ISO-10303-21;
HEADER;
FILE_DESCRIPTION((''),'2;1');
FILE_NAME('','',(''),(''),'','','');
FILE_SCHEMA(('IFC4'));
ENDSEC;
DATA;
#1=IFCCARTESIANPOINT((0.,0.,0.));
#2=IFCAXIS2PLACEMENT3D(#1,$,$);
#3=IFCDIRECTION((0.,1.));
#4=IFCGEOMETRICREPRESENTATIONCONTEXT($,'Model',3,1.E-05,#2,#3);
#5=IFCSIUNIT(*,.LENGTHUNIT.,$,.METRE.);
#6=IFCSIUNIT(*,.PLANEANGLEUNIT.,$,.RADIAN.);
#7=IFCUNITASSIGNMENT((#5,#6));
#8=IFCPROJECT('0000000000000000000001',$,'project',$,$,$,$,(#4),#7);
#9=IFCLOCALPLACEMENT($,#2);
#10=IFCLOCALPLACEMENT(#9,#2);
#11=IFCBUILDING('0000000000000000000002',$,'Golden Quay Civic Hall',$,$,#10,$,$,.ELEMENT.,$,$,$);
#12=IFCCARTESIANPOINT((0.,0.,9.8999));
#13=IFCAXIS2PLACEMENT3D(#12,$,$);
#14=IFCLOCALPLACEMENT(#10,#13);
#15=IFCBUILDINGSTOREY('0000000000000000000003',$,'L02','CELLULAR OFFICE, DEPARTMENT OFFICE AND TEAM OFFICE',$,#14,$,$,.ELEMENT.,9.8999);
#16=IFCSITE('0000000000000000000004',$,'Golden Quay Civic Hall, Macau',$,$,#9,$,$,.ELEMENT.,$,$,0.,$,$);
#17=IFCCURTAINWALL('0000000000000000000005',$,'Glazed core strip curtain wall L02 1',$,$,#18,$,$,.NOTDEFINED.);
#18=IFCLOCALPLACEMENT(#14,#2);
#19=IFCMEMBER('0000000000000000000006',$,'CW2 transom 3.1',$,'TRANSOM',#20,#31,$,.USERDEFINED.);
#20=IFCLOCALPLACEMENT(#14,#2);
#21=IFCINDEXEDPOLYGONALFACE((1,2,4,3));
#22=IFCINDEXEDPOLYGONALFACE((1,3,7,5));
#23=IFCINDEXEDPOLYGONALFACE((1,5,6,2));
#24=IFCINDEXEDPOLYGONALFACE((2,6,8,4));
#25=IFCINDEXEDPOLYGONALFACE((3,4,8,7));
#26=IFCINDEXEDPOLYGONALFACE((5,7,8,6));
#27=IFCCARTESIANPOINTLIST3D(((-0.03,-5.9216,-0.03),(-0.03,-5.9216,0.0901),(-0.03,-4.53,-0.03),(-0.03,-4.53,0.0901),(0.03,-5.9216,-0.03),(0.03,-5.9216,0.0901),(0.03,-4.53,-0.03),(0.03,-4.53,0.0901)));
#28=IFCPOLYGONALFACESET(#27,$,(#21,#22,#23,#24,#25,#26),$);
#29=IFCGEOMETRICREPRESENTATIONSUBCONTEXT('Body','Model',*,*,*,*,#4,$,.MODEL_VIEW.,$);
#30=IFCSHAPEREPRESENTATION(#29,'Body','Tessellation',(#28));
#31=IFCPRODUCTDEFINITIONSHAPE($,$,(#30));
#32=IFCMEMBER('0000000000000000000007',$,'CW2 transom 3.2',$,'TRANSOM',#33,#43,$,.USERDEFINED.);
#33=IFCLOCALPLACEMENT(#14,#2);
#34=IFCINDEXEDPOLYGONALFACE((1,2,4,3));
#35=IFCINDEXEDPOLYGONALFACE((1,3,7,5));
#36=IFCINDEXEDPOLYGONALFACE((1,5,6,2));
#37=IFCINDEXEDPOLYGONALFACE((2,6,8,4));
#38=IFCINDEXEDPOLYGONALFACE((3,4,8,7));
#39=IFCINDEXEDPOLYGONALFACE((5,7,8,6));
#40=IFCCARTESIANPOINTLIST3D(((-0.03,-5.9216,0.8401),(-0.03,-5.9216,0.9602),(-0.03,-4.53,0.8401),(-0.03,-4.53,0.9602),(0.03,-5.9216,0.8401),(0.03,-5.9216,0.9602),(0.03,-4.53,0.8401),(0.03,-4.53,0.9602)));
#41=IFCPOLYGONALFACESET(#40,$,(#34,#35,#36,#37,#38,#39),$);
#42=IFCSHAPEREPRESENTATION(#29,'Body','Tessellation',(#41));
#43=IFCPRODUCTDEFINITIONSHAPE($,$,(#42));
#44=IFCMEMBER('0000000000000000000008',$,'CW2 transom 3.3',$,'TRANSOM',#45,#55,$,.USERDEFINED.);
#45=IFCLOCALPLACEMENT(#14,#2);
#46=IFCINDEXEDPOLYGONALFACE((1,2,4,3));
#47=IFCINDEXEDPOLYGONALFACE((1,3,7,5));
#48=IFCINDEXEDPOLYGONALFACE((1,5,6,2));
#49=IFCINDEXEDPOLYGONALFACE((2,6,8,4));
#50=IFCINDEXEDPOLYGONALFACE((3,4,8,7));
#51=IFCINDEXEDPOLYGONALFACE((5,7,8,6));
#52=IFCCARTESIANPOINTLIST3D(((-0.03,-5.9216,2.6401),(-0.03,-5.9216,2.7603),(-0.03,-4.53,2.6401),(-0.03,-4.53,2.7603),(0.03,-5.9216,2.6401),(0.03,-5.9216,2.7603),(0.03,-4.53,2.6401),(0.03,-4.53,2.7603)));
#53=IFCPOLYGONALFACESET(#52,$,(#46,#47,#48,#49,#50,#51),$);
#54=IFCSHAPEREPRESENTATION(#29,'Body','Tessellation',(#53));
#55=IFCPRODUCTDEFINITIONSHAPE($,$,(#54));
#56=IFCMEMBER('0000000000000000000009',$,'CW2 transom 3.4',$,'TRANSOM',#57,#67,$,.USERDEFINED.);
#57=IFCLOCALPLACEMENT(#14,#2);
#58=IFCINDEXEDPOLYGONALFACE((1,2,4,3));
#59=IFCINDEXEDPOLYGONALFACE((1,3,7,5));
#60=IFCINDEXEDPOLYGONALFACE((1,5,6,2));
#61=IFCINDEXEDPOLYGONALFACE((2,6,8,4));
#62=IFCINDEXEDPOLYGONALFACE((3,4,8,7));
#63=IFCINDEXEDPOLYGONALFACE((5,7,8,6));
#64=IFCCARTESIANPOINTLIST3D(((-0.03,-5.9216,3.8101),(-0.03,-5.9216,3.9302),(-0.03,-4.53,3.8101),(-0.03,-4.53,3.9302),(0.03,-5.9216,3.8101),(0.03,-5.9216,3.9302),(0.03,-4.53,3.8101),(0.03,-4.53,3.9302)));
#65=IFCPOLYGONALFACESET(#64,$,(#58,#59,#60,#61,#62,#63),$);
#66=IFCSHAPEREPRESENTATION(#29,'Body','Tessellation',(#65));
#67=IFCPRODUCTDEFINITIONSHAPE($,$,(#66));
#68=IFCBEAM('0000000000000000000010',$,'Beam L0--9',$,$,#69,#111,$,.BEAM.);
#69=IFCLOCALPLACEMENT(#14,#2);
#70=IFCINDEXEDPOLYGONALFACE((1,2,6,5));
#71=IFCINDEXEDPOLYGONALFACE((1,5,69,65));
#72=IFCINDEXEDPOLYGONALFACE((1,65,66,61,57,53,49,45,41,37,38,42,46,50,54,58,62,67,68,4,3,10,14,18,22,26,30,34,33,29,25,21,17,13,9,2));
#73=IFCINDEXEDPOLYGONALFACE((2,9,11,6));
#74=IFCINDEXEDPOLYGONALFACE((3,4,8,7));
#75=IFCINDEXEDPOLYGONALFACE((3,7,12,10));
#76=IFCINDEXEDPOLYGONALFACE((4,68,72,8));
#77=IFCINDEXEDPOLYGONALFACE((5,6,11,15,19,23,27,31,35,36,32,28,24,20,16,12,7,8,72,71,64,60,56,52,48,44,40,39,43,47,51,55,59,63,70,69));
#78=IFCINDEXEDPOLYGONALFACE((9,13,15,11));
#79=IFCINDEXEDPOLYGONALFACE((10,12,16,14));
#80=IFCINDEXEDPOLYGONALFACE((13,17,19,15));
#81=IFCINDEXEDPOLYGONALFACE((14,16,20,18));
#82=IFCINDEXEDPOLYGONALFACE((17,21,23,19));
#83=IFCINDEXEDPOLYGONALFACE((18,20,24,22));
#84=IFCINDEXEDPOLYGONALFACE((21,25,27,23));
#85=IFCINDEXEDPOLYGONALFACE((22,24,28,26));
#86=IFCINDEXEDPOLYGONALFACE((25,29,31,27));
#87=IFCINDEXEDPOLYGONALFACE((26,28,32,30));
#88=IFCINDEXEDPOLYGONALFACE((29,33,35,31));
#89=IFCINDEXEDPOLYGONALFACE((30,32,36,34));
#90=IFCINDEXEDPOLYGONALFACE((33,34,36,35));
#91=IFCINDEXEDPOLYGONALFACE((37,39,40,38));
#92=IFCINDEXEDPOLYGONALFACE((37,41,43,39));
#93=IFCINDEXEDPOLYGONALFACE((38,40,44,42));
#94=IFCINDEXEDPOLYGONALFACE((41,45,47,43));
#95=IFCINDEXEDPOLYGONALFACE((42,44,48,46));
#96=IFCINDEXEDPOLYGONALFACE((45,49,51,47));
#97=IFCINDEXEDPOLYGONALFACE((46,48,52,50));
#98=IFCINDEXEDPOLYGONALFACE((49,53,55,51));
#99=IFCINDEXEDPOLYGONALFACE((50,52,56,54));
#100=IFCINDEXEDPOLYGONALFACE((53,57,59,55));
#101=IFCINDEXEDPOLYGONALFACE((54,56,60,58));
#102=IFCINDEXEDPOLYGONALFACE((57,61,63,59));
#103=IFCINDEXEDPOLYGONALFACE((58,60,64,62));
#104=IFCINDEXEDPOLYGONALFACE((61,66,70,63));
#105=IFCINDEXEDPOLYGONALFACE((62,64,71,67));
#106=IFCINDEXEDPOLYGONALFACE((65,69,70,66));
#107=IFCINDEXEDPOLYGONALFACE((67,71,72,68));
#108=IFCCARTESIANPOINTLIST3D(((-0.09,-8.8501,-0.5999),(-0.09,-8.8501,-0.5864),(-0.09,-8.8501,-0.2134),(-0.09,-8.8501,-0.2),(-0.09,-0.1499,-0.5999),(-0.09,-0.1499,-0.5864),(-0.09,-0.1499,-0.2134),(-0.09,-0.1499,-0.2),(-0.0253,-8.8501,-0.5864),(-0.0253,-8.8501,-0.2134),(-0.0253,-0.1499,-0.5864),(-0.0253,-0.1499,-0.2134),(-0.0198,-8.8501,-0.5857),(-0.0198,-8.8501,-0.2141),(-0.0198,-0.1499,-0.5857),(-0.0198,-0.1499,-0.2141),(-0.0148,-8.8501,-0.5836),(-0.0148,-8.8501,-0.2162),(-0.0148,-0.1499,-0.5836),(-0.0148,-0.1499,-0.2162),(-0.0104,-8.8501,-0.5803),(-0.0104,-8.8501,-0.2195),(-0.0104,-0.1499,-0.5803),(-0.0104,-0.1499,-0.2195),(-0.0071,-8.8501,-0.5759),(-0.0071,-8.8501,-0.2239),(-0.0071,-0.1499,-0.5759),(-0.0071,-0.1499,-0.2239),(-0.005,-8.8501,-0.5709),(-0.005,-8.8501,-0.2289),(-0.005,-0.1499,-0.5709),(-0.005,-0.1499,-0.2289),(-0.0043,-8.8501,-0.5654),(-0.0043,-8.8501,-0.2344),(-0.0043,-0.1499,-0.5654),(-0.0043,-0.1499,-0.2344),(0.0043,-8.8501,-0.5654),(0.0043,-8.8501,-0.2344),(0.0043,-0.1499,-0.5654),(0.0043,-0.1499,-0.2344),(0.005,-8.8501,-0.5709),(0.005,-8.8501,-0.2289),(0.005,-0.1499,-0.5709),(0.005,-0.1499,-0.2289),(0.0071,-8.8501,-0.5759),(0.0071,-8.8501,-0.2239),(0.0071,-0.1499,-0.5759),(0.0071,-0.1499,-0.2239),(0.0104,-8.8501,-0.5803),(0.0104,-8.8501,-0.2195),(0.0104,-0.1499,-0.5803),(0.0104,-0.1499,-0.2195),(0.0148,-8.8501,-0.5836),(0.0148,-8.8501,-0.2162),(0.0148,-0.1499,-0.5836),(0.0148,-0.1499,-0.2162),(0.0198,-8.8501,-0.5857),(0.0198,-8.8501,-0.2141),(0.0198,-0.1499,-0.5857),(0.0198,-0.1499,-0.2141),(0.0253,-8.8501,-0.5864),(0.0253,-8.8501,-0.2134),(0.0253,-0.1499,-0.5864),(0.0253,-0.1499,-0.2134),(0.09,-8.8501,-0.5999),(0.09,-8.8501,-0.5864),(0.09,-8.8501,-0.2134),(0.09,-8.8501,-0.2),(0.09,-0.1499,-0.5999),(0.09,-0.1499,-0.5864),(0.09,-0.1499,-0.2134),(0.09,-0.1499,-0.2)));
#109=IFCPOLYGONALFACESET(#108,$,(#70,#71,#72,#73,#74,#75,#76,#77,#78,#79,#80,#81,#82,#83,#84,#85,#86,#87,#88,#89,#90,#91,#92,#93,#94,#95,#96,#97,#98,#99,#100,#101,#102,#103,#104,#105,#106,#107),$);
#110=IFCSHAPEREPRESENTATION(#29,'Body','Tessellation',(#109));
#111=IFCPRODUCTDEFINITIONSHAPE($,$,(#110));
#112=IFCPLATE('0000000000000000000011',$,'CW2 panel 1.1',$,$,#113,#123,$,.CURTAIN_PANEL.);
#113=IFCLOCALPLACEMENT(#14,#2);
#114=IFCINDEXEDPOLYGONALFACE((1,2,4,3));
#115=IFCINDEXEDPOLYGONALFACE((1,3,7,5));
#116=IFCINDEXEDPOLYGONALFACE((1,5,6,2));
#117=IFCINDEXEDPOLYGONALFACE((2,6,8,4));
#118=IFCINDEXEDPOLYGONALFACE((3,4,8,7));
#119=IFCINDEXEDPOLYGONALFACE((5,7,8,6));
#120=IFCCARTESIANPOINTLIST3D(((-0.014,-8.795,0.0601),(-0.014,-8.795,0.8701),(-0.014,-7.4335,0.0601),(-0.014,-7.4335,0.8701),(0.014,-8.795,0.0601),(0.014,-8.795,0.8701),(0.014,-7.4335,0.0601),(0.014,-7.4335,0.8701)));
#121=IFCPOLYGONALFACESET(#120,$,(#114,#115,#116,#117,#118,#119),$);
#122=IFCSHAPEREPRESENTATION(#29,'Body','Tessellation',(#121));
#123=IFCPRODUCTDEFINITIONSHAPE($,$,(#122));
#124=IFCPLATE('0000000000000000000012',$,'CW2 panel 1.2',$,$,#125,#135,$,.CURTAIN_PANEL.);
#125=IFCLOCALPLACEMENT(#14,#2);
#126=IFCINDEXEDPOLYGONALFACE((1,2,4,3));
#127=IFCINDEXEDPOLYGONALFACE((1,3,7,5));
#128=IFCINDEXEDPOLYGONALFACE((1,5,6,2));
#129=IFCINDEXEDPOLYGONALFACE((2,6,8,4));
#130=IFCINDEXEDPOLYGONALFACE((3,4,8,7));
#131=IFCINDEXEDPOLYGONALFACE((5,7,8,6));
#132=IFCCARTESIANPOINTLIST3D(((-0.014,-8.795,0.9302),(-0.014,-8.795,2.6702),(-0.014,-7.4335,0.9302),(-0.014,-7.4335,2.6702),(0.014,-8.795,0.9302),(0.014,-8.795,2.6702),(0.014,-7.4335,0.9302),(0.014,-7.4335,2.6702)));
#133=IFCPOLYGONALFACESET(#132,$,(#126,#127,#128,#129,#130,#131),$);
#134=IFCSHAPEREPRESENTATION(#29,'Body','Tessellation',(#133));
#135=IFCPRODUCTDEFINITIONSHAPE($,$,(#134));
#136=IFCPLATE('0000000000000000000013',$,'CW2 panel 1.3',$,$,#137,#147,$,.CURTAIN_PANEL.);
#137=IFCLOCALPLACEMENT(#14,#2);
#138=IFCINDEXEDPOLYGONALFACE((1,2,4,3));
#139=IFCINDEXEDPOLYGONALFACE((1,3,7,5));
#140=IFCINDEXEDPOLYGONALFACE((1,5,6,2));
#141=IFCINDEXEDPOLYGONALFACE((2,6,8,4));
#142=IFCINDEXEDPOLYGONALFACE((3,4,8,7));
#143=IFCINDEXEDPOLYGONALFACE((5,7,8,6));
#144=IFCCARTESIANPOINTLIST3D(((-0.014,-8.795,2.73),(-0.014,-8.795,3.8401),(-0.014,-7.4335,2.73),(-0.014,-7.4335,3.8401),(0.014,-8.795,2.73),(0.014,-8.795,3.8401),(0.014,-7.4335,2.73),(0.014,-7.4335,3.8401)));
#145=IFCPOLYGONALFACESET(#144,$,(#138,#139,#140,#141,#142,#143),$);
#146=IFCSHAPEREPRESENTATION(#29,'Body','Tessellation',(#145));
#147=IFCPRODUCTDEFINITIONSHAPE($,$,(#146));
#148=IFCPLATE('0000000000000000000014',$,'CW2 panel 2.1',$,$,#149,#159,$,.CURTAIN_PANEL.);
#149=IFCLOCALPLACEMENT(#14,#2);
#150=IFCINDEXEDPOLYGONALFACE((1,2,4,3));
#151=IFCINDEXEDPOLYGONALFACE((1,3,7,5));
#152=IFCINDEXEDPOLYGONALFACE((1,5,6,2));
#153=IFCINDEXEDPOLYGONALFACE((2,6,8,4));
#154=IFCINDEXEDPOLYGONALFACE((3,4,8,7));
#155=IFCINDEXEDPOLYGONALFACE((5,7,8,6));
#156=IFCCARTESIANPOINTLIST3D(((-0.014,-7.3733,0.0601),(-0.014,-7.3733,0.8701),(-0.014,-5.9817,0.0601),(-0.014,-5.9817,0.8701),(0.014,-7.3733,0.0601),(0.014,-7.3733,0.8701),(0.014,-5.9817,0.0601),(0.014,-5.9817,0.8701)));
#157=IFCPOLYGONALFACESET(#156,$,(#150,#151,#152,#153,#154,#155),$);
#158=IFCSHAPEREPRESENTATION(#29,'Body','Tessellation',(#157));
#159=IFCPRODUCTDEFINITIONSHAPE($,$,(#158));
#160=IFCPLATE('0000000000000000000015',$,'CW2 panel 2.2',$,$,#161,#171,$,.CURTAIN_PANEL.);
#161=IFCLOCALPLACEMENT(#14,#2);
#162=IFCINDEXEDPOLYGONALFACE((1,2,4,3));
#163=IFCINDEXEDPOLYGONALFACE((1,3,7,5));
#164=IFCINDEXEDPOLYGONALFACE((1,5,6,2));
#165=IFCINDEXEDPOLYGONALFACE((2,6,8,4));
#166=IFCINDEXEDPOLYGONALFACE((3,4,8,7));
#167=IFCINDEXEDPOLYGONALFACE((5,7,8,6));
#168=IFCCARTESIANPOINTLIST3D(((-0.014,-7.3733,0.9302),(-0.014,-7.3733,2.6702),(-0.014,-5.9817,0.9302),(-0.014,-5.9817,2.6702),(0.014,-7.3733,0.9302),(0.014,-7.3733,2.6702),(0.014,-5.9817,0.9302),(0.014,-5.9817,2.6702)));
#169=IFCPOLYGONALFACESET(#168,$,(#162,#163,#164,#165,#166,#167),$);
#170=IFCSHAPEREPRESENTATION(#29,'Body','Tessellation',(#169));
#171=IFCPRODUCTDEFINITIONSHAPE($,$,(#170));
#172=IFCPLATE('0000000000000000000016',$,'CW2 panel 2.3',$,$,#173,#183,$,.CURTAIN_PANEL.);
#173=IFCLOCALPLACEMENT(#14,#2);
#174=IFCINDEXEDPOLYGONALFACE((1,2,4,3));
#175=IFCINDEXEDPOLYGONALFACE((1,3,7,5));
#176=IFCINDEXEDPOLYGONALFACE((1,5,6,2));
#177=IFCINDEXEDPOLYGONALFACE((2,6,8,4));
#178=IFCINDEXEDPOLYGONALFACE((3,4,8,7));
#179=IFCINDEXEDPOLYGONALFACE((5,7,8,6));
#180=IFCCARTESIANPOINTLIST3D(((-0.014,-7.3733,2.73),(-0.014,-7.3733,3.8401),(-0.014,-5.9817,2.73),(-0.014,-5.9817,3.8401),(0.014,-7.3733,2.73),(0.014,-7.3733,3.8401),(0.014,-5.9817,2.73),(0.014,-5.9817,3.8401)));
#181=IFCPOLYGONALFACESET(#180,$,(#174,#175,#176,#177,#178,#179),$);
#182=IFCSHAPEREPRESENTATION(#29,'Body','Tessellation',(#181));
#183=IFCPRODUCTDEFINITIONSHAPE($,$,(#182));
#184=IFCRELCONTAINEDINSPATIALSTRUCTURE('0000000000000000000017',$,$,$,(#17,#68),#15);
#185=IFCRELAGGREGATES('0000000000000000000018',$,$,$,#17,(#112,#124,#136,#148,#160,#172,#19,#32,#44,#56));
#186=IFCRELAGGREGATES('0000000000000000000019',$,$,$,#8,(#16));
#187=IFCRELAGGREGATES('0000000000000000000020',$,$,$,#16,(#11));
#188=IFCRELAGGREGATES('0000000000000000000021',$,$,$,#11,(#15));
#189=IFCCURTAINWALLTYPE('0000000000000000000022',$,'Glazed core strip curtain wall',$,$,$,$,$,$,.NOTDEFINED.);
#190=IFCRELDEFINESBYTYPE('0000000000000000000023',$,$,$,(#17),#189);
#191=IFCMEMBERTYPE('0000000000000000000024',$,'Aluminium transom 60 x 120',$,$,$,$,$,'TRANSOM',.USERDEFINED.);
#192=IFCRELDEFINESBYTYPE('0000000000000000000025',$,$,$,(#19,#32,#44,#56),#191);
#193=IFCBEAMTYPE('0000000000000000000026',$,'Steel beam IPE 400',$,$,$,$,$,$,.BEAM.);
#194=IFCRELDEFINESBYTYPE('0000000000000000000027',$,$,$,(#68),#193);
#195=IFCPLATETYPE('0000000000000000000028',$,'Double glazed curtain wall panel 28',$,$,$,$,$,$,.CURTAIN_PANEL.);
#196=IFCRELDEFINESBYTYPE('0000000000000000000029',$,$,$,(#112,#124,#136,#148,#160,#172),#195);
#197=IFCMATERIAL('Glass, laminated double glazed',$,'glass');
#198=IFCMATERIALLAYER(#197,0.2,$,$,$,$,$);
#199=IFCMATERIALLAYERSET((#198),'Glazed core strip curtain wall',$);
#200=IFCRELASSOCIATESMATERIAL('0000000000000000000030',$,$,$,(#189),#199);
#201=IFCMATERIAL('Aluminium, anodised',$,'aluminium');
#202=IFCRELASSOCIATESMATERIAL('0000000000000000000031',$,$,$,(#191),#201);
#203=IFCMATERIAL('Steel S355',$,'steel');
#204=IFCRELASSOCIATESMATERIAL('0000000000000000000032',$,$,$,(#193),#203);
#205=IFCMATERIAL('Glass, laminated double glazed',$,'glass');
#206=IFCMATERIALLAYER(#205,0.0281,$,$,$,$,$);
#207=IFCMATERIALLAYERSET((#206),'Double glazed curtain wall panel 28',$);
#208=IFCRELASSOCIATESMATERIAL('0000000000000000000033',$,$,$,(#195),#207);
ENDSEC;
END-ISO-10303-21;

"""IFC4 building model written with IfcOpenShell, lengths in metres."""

from ifc_helpers import new_model, si_unit, direction, frame, origin, origin_2d, place, context, subcontext, project, spatial, rectangle, i_section, extrude, material, layer, layer_set, material_profile, profile_set, type_object, element, aggregate, save


model = new_model("IFC4")

# Units and contexts
model_context = context("Model", 3, precision=1e-05, world=origin(), true_north=direction((0.0, 1.0)))
body_context = subcontext(model_context, "Body", "Model", "MODEL_VIEW")
ifc_project = project(units=[si_unit("LENGTHUNIT", "METRE"), si_unit("PLANEANGLEUNIT", "RADIAN")], contexts=[model_context])

# Site, building, storey
site_placement = place(None, origin())
site = spatial("IfcSite", under=ifc_project, at=site_placement, Name="Golden Quay Civic Hall, Macau", CompositionType="ELEMENT", RefElevation=0.0)
building_placement = place(site_placement, origin())
building = spatial("IfcBuilding", under=site, at=building_placement, Name="Golden Quay Civic Hall", CompositionType="ELEMENT")
storey_placement = place(building_placement, frame((0.0, 0.0, 9.8999)))
storey = spatial("IfcBuildingStorey", under=building, at=storey_placement, Name="L02", Description="CELLULAR OFFICE, DEPARTMENT OFFICE AND TEAM OFFICE", CompositionType="ELEMENT", Elevation=9.8999)

# Curtain wall, members
ifc_material_1 = material(Name="Glass, laminated double glazed", Category="glass")
ifc_layer_1 = layer(ifc_material_1, 0.2)
ifc_layer_set_1 = layer_set([ifc_layer_1], Name="Glazed core strip curtain wall")
curtain_wall_type = type_object("IfcCurtainWallType", Name="Glazed core strip curtain wall", PredefinedType="NOTDEFINED", material=ifc_layer_set_1)
curtain_wall_placement = place(storey_placement, origin())
curtain_wall = element("IfcCurtainWall", 1, at=curtain_wall_placement, inside=storey, type_object=curtain_wall_type, Name="Glazed core strip curtain wall L02 1", PredefinedType="NOTDEFINED")
ifc_material_2 = material(Name="Aluminium, anodised", Category="aluminium")
ifc_material_profile_1 = material_profile(ifc_material_2, rectangle(XDim=0.0601, YDim=0.1201, at=origin_2d()), Name="Aluminium 60 x 120")
ifc_profile_set_1 = profile_set([ifc_material_profile_1], Name="Aluminium, anodised")
member_type_1 = type_object("IfcMemberType", Name="Aluminium transom 60 x 120", ElementType="TRANSOM", PredefinedType="USERDEFINED", material=ifc_profile_set_1)
member_1_placement = place(storey_placement, frame((0.0, -5.9216, 0.03), z_axis=(0.0, 1.0, 0.0), x_axis=(-1.0, 0.0, 0.0)))
member_1 = element("IfcMember", 2, at=member_1_placement, type_object=member_type_1, Name="CW2 transom 3.1", ObjectType="TRANSOM", PredefinedType="USERDEFINED", context=body_context, shape_type="SweptSolid", body=[
    extrude(rectangle(XDim=0.0601, YDim=0.1201, at=origin_2d()), origin(), (0.0, 0.0, 1.0), 1.3916),
])
member_2_placement = place(storey_placement, frame((0.0, -5.9216, 0.9001), z_axis=(0.0, 1.0, 0.0), x_axis=(-1.0, 0.0, 0.0)))
member_2 = element("IfcMember", 3, at=member_2_placement, type_object=member_type_1, Name="CW2 transom 3.2", ObjectType="TRANSOM", PredefinedType="USERDEFINED", context=body_context, shape_type="SweptSolid", body=[
    extrude(rectangle(XDim=0.0601, YDim=0.1201, at=origin_2d()), origin(), (0.0, 0.0, 1.0), 1.3916),
])
member_3_placement = place(storey_placement, frame((0.0, -5.9216, 2.7002), z_axis=(0.0, 1.0, 0.0), x_axis=(-1.0, 0.0, 0.0)))
member_3 = element("IfcMember", 4, at=member_3_placement, type_object=member_type_1, Name="CW2 transom 3.3", ObjectType="TRANSOM", PredefinedType="USERDEFINED", context=body_context, shape_type="SweptSolid", body=[
    extrude(rectangle(XDim=0.0601, YDim=0.1201, at=origin_2d()), origin(), (0.0, 0.0, 1.0), 1.3916),
])
member_4_placement = place(storey_placement, frame((0.0, -5.9216, 3.8701), z_axis=(0.0, 1.0, 0.0), x_axis=(-1.0, 0.0, 0.0)))
member_4 = element("IfcMember", 5, at=member_4_placement, type_object=member_type_1, Name="CW2 transom 3.4", ObjectType="TRANSOM", PredefinedType="USERDEFINED", context=body_context, shape_type="SweptSolid", body=[
    extrude(rectangle(XDim=0.0601, YDim=0.1201, at=origin_2d()), origin(), (0.0, 0.0, 1.0), 1.3916),
])

# Beam
ifc_material_3 = material(Name="Steel S355", Category="steel")
ifc_material_profile_2 = material_profile(ifc_material_3, i_section(OverallWidth=0.1799, OverallDepth=0.3999, WebThickness=0.0085, FlangeThickness=0.0134, FilletRadius=0.021, at=origin_2d()), Name="IPE 400")
ifc_profile_set_2 = profile_set([ifc_material_profile_2], Name="Steel S355")
beam_type = type_object("IfcBeamType", Name="Steel beam IPE 400", PredefinedType="BEAM", material=ifc_profile_set_2)
beam_placement = place(storey_placement, frame((0.0, -8.8501, -0.3999), z_axis=(0.0, 1.0, 0.0), x_axis=(-1.0, 0.0, 0.0)))
element("IfcBeam", 6, at=beam_placement, inside=storey, type_object=beam_type, Name="Beam L0--9", PredefinedType="BEAM", context=body_context, shape_type="SweptSolid", body=[
    extrude(i_section(OverallWidth=0.1799, OverallDepth=0.3999, WebThickness=0.0085, FlangeThickness=0.0134, FilletRadius=0.021, at=origin_2d()), origin(), (0.0, 0.0, 1.0), 8.7002),
])

# Plates
ifc_material_4 = material(Name="Glass, laminated double glazed", Category="glass")
ifc_layer_2 = layer(ifc_material_4, 0.0281)
ifc_layer_set_2 = layer_set([ifc_layer_2], Name="Double glazed curtain wall panel 28")
plate_type = type_object("IfcPlateType", Name="Double glazed curtain wall panel 28", PredefinedType="CURTAIN_PANEL", material=ifc_layer_set_2)
plate_1_placement = place(storey_placement, frame((0.0, -8.1143, 0.0601), z_axis=(0.0, 0.0, 1.0), x_axis=(0.0, 1.0, 0.0)))
plate_1 = element("IfcPlate", 7, at=plate_1_placement, type_object=plate_type, Name="CW2 panel 1.1", PredefinedType="CURTAIN_PANEL", context=body_context, shape_type="SweptSolid", body=[
    extrude(rectangle(XDim=1.3616, YDim=0.0281, at=origin_2d()), origin(), (0.0, 0.0, 1.0), 0.8101),
])
plate_2_placement = place(storey_placement, frame((0.0, -8.1143, 0.9302), z_axis=(0.0, 0.0, 1.0), x_axis=(0.0, 1.0, 0.0)))
plate_2 = element("IfcPlate", 8, at=plate_2_placement, type_object=plate_type, Name="CW2 panel 1.2", PredefinedType="CURTAIN_PANEL", context=body_context, shape_type="SweptSolid", body=[
    extrude(rectangle(XDim=1.3616, YDim=0.0281, at=origin_2d()), origin(), (0.0, 0.0, 1.0), 1.74),
])
plate_3_placement = place(storey_placement, frame((0.0, -8.1143, 2.73), z_axis=(0.0, 0.0, 1.0), x_axis=(0.0, 1.0, 0.0)))
plate_3 = element("IfcPlate", 9, at=plate_3_placement, type_object=plate_type, Name="CW2 panel 1.3", PredefinedType="CURTAIN_PANEL", context=body_context, shape_type="SweptSolid", body=[
    extrude(rectangle(XDim=1.3616, YDim=0.0281, at=origin_2d()), origin(), (0.0, 0.0, 1.0), 1.1101),
])
plate_4_placement = place(storey_placement, frame((0.0, -6.6775, 0.0601), z_axis=(0.0, 0.0, 1.0), x_axis=(0.0, 1.0, 0.0)))
plate_4 = element("IfcPlate", 10, at=plate_4_placement, type_object=plate_type, Name="CW2 panel 2.1", PredefinedType="CURTAIN_PANEL", context=body_context, shape_type="SweptSolid", body=[
    extrude(rectangle(XDim=1.3916, YDim=0.0281, at=origin_2d()), origin(), (0.0, 0.0, 1.0), 0.8101),
])
plate_5_placement = place(storey_placement, frame((0.0, -6.6775, 0.9302), z_axis=(0.0, 0.0, 1.0), x_axis=(0.0, 1.0, 0.0)))
plate_5 = element("IfcPlate", 11, at=plate_5_placement, type_object=plate_type, Name="CW2 panel 2.2", PredefinedType="CURTAIN_PANEL", context=body_context, shape_type="SweptSolid", body=[
    extrude(rectangle(XDim=1.3916, YDim=0.0281, at=origin_2d()), origin(), (0.0, 0.0, 1.0), 1.74),
])
plate_6_placement = place(storey_placement, frame((0.0, -6.6775, 2.73), z_axis=(0.0, 0.0, 1.0), x_axis=(0.0, 1.0, 0.0)))
plate_6 = element("IfcPlate", 12, at=plate_6_placement, type_object=plate_type, Name="CW2 panel 2.3", PredefinedType="CURTAIN_PANEL", context=body_context, shape_type="SweptSolid", body=[
    extrude(rectangle(XDim=1.3916, YDim=0.0281, at=origin_2d()), origin(), (0.0, 0.0, 1.0), 1.1101),
])
aggregate(curtain_wall, [plate_1, plate_2, plate_3, plate_4, plate_5, plate_6, member_1, member_2, member_3, member_4])

save(model, "model.ifc")
